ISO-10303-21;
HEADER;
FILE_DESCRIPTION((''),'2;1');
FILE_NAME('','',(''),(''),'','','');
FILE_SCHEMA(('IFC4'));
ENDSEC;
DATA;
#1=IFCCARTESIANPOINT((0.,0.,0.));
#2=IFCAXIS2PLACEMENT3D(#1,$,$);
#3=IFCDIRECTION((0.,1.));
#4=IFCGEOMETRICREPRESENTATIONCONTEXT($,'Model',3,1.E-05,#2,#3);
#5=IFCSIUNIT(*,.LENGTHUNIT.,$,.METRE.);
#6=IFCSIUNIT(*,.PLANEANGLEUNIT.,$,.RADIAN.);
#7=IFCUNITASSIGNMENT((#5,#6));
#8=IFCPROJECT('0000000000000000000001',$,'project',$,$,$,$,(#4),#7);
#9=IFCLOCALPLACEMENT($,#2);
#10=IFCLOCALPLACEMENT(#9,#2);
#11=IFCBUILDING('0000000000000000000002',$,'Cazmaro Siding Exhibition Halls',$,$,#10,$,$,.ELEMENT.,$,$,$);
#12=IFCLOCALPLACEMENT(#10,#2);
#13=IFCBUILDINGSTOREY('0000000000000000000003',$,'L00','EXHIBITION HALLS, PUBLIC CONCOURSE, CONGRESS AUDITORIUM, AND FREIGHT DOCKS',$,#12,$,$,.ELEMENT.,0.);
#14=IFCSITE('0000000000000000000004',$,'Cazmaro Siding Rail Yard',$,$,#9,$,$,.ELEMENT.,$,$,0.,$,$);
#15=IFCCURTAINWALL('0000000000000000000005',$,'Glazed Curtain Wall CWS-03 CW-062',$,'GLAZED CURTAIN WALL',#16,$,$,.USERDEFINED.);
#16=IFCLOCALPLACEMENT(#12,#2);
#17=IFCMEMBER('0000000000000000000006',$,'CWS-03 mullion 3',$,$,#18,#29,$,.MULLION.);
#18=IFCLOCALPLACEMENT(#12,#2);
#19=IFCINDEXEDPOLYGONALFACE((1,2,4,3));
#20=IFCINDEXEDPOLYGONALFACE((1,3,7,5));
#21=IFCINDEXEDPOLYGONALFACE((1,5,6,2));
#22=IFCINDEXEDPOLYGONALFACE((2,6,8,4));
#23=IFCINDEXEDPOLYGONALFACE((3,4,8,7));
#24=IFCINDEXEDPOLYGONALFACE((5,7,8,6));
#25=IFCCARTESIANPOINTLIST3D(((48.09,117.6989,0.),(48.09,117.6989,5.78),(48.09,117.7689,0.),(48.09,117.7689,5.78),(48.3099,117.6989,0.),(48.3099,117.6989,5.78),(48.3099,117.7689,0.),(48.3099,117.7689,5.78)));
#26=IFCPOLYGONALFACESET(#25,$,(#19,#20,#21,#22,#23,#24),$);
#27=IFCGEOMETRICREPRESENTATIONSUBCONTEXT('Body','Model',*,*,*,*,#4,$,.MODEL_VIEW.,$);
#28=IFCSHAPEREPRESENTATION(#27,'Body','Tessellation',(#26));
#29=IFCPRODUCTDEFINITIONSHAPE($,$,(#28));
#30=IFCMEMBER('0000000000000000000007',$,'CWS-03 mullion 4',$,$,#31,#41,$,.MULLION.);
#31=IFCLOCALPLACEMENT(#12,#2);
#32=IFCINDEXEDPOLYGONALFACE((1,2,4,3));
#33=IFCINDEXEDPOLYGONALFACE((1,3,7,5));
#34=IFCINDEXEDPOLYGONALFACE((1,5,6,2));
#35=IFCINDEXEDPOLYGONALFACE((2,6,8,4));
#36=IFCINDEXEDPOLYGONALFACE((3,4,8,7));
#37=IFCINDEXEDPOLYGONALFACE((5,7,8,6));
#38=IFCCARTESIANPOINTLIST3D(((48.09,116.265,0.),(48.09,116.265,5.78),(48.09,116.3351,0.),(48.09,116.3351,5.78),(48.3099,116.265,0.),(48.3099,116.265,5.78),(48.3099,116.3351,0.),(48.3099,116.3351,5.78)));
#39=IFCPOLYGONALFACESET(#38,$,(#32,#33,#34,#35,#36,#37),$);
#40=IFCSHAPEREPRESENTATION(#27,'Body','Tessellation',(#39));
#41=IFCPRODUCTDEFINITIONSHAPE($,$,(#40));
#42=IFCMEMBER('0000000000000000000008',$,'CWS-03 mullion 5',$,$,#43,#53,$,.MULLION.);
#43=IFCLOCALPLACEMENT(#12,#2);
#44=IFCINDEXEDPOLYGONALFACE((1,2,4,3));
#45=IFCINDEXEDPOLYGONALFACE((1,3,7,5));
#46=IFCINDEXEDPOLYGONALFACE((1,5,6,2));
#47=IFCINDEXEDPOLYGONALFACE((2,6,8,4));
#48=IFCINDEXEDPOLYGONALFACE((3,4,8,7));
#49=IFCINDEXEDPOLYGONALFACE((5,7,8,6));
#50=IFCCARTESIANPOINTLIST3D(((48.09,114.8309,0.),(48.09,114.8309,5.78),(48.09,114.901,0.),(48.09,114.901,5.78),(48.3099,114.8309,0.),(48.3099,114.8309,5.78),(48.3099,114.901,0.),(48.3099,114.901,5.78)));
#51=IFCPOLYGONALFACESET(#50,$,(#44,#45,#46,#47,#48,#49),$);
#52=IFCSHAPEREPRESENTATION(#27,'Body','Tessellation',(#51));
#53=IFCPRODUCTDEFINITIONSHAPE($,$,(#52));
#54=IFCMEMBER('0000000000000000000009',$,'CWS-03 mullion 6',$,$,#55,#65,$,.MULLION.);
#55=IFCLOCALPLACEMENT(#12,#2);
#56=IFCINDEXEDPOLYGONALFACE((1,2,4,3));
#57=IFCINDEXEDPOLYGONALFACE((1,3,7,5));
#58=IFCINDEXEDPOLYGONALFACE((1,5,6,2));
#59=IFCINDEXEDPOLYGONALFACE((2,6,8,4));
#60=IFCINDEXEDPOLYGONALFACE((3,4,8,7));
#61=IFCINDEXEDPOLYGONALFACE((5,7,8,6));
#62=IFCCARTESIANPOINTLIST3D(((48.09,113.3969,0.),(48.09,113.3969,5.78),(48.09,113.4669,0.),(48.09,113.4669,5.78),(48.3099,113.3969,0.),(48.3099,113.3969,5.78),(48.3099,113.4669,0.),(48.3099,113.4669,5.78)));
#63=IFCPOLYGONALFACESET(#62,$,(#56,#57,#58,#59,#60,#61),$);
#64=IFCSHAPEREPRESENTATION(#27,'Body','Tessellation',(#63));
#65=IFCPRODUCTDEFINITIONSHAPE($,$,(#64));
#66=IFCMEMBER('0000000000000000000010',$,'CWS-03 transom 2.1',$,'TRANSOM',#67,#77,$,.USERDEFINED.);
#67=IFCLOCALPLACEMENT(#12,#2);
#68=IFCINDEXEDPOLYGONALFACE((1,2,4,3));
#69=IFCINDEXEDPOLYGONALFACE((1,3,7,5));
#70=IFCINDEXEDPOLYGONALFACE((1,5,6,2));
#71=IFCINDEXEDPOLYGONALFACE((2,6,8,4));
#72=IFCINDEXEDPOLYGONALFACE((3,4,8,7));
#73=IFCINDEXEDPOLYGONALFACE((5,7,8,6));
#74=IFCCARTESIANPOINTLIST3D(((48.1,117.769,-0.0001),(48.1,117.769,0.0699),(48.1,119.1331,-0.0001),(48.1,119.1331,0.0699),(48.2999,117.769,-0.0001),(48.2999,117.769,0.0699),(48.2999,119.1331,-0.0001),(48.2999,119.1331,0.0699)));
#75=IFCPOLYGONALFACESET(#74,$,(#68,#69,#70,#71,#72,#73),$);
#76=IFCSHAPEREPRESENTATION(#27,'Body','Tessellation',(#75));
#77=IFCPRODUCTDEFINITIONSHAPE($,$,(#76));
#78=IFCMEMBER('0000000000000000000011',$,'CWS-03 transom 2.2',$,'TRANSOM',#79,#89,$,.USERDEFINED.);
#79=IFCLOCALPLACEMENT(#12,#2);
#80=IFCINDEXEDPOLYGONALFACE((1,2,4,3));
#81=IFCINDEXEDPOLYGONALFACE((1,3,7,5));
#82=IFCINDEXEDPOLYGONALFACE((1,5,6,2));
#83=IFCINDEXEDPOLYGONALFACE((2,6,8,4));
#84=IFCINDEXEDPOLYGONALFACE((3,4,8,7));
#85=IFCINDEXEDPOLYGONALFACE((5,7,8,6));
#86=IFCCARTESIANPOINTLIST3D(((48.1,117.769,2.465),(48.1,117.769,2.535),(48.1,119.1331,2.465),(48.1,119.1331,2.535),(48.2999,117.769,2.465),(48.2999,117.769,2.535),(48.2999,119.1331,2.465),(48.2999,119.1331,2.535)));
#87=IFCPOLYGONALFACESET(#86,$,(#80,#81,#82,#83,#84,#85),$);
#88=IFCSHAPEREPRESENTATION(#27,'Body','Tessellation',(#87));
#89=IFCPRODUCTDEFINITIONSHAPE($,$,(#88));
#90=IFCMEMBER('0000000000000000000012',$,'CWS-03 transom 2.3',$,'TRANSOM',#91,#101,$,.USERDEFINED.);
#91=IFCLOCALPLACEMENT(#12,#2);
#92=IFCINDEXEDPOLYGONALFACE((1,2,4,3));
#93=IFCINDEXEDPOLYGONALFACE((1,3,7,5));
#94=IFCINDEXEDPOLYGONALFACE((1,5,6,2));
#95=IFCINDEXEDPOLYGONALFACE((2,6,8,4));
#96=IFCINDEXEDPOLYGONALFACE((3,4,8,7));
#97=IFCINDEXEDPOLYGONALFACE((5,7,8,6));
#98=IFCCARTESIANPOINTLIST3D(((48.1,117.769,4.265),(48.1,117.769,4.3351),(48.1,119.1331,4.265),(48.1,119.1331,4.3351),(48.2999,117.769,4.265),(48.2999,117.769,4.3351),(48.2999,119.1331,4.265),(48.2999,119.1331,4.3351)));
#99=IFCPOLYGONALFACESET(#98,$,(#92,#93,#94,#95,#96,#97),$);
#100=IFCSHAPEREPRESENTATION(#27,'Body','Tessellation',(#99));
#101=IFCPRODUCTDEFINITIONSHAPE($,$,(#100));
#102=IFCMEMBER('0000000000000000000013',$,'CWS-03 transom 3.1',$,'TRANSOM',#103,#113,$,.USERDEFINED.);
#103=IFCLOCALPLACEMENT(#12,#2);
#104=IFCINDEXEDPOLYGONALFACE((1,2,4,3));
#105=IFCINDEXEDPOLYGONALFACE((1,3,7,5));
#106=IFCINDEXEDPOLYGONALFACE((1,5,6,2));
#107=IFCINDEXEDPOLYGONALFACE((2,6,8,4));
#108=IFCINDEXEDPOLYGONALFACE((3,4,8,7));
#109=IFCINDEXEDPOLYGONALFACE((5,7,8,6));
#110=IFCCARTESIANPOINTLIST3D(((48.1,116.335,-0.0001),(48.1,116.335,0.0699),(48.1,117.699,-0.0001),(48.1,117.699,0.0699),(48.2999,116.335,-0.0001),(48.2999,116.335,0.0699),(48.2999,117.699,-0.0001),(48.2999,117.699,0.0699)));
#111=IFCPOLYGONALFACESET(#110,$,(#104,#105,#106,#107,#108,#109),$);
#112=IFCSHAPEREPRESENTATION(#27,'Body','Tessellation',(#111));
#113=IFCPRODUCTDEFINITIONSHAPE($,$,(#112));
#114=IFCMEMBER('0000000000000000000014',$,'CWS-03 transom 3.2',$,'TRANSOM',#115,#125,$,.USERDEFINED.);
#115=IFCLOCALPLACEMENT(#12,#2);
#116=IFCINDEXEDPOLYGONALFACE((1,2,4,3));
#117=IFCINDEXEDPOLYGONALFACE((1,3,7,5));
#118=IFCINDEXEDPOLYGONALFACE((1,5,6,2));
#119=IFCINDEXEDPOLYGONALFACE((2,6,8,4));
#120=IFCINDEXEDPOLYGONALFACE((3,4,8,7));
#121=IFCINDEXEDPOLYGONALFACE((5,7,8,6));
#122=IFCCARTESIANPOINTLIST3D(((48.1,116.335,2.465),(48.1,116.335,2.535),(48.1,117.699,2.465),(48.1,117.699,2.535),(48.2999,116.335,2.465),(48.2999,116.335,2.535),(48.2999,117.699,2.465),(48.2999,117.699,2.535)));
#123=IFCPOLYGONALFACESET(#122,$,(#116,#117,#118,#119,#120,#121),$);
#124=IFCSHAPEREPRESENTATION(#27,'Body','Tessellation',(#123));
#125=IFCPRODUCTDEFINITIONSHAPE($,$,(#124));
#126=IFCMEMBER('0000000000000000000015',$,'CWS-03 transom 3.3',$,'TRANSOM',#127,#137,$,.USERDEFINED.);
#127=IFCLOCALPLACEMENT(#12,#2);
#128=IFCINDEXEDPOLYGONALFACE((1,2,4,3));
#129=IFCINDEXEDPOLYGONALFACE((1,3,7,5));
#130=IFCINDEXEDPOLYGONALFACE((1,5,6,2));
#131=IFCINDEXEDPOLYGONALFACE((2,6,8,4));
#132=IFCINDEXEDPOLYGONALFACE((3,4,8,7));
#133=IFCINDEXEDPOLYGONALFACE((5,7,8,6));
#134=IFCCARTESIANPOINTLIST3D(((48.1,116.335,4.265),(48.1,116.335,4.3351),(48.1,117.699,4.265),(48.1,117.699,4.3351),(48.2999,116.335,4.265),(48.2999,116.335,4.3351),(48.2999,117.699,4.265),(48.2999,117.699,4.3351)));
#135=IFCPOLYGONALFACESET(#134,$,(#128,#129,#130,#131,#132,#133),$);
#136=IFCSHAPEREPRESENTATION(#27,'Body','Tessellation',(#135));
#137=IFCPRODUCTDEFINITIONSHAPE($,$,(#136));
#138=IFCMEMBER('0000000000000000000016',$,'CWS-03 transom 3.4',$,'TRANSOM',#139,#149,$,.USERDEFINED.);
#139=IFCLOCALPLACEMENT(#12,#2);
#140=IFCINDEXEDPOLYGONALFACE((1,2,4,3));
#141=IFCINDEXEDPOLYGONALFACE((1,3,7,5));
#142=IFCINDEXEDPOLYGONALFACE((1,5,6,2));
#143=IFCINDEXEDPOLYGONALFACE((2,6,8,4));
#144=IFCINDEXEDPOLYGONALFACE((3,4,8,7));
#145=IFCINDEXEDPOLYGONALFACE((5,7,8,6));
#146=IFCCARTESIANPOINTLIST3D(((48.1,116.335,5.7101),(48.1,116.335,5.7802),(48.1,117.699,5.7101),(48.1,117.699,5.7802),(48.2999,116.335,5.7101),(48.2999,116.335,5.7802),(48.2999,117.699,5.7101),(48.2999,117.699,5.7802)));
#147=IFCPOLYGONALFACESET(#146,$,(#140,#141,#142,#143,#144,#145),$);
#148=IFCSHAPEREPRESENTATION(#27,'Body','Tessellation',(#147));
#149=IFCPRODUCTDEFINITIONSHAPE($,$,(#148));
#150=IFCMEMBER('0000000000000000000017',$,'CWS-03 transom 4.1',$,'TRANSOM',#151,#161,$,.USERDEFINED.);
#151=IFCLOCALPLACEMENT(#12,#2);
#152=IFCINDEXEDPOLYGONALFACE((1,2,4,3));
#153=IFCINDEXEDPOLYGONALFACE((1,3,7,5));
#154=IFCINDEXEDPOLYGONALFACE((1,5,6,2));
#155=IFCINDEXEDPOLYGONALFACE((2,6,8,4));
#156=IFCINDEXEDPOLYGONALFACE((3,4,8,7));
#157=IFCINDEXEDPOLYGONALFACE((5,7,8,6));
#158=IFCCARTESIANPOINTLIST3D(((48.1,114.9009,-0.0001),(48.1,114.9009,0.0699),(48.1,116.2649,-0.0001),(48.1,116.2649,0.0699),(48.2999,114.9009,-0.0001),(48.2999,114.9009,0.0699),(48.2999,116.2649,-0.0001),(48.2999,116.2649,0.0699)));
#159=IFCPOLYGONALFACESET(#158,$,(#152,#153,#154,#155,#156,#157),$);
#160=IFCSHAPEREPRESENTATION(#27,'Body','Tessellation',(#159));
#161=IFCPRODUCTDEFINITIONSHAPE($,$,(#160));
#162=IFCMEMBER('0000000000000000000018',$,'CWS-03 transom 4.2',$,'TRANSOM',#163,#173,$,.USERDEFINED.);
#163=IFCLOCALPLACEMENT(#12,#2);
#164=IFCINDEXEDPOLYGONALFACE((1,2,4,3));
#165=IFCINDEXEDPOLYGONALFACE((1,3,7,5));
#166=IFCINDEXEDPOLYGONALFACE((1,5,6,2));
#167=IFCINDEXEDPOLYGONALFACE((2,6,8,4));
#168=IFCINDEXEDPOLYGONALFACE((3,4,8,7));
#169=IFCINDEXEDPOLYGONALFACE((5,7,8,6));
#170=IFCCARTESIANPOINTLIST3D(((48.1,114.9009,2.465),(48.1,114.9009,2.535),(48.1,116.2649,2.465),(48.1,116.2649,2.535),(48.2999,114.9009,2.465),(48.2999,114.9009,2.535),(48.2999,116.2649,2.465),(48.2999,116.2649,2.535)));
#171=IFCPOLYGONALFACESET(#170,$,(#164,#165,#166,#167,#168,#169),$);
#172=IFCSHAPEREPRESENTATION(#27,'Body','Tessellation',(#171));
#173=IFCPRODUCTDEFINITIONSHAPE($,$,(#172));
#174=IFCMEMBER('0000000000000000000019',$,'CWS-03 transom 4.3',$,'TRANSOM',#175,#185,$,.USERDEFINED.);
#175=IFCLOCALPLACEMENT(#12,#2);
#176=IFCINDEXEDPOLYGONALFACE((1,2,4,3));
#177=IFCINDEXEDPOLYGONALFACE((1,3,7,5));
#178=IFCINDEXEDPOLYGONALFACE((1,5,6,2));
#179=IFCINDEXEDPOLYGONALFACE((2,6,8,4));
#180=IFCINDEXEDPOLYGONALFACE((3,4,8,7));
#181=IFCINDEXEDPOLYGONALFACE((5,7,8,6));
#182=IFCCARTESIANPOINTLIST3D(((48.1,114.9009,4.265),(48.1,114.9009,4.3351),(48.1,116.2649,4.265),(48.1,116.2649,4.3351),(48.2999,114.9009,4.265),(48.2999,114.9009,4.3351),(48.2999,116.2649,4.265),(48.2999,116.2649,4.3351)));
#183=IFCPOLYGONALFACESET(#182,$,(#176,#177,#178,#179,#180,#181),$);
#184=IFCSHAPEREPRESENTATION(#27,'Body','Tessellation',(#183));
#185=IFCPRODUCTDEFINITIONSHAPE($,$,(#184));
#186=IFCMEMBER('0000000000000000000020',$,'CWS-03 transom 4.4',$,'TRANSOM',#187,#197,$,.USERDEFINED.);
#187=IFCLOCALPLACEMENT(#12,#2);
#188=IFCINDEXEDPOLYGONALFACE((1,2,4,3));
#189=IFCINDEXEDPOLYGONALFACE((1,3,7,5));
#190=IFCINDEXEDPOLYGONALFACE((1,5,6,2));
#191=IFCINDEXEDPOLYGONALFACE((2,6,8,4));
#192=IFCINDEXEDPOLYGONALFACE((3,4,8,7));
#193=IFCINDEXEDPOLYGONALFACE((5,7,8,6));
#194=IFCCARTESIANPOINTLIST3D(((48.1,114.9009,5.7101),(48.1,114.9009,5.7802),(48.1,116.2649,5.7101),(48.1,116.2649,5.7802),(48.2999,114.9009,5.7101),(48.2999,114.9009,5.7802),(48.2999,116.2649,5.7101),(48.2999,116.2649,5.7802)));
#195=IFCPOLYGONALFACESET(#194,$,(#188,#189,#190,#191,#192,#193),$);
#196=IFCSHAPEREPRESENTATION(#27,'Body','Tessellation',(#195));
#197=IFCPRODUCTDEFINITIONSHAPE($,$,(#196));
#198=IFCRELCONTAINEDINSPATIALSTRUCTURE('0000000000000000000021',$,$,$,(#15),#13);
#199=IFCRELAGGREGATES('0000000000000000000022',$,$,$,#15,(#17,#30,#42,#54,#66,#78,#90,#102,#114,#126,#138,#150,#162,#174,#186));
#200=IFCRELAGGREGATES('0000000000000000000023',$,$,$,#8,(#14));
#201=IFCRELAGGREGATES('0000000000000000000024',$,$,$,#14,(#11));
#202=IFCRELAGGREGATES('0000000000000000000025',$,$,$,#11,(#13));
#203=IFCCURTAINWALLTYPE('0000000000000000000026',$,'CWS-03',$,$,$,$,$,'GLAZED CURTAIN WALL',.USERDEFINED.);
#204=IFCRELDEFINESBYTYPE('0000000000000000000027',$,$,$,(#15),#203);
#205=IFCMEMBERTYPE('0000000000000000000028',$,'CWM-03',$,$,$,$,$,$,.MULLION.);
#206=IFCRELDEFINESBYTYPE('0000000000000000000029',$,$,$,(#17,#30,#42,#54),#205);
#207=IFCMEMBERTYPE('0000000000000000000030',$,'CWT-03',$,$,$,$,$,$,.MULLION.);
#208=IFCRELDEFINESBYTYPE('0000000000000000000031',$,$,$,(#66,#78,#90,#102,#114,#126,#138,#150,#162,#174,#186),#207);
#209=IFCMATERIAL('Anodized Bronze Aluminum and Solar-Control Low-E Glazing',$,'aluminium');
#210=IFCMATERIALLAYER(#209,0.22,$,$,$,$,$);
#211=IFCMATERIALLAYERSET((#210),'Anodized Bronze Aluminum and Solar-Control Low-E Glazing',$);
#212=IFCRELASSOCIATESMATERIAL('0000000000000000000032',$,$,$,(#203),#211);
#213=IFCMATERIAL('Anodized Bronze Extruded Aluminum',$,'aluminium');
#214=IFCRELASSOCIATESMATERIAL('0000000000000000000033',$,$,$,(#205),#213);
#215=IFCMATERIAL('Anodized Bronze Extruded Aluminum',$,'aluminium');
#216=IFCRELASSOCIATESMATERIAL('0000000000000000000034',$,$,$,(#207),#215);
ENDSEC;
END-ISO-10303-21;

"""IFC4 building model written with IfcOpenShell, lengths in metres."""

from ifc_helpers import new_model, si_unit, direction, frame, origin, origin_2d, place, context, subcontext, project, spatial, rectangle, extrude, material, layer, layer_set, material_profile, profile_set, type_object, element, aggregate, save


model = new_model("IFC4")

# Units and contexts
model_context = context("Model", 3, precision=1e-05, world=origin(), true_north=direction((0.0, 1.0)))
body_context = subcontext(model_context, "Body", "Model", "MODEL_VIEW")
ifc_project = project(units=[si_unit("LENGTHUNIT", "METRE"), si_unit("PLANEANGLEUNIT", "RADIAN")], contexts=[model_context])

# Site, building, storey
site_placement = place(None, origin())
site = spatial("IfcSite", under=ifc_project, at=site_placement, Name="Cazmaro Siding Rail Yard", CompositionType="ELEMENT", RefElevation=0.0)
building_placement = place(site_placement, origin())
building = spatial("IfcBuilding", under=site, at=building_placement, Name="Cazmaro Siding Exhibition Halls", CompositionType="ELEMENT")
storey_placement = place(building_placement, origin())
storey = spatial("IfcBuildingStorey", under=building, at=storey_placement, Name="L00", Description="EXHIBITION HALLS, PUBLIC CONCOURSE, CONGRESS AUDITORIUM, AND FREIGHT DOCKS", CompositionType="ELEMENT", Elevation=0.0)

# Curtain wall, members
ifc_material_1 = material(Name="Anodized Bronze Aluminum and Solar-Control Low-E Glazing", Category="aluminium")
ifc_layer_1 = layer(ifc_material_1, 0.22)
ifc_layer_set_1 = layer_set([ifc_layer_1], Name="Anodized Bronze Aluminum and Solar-Control Low-E Glazing")
curtain_wall_type = type_object("IfcCurtainWallType", Name="CWS-03", ElementType="GLAZED CURTAIN WALL", PredefinedType="USERDEFINED", material=ifc_layer_set_1)
curtain_wall_placement = place(storey_placement, origin())
curtain_wall = element("IfcCurtainWall", 1, at=curtain_wall_placement, inside=storey, type_object=curtain_wall_type, Name="Glazed Curtain Wall CWS-03 CW-062", ObjectType="GLAZED CURTAIN WALL", PredefinedType="USERDEFINED")
ifc_material_2 = material(Name="Anodized Bronze Extruded Aluminum", Category="aluminium")
ifc_material_profile_1 = material_profile(ifc_material_2, rectangle(XDim=0.22, YDim=0.0701, at=origin_2d()), Name="CWM-03")
ifc_profile_set_1 = profile_set([ifc_material_profile_1], Name="Anodized Bronze Extruded Aluminum")
member_type_1 = type_object("IfcMemberType", Name="CWM-03", PredefinedType="MULLION", material=ifc_profile_set_1)
member_1_placement = place(storey_placement, frame((48.2, 117.7339, 0.0), z_axis=(0.0, 0.0, 1.0), x_axis=(1.0, 0.0, 0.0)))
member_1 = element("IfcMember", 2, at=member_1_placement, type_object=member_type_1, Name="CWS-03 mullion 3", PredefinedType="MULLION", context=body_context, shape_type="SweptSolid", body=[
    extrude(rectangle(XDim=0.22, YDim=0.0701, at=origin_2d()), origin(), (0.0, 0.0, 1.0), 5.78),
])
member_2_placement = place(storey_placement, frame((48.2, 116.3, 0.0), z_axis=(0.0, 0.0, 1.0), x_axis=(1.0, 0.0, 0.0)))
member_2 = element("IfcMember", 3, at=member_2_placement, type_object=member_type_1, Name="CWS-03 mullion 4", PredefinedType="MULLION", context=body_context, shape_type="SweptSolid", body=[
    extrude(rectangle(XDim=0.22, YDim=0.0701, at=origin_2d()), origin(), (0.0, 0.0, 1.0), 5.78),
])
member_3_placement = place(storey_placement, frame((48.2, 114.866, 0.0), z_axis=(0.0, 0.0, 1.0), x_axis=(1.0, 0.0, 0.0)))
member_3 = element("IfcMember", 4, at=member_3_placement, type_object=member_type_1, Name="CWS-03 mullion 5", PredefinedType="MULLION", context=body_context, shape_type="SweptSolid", body=[
    extrude(rectangle(XDim=0.22, YDim=0.0701, at=origin_2d()), origin(), (0.0, 0.0, 1.0), 5.78),
])
member_4_placement = place(storey_placement, frame((48.2, 113.4319, 0.0), z_axis=(0.0, 0.0, 1.0), x_axis=(1.0, 0.0, 0.0)))
member_4 = element("IfcMember", 5, at=member_4_placement, type_object=member_type_1, Name="CWS-03 mullion 6", PredefinedType="MULLION", context=body_context, shape_type="SweptSolid", body=[
    extrude(rectangle(XDim=0.22, YDim=0.0701, at=origin_2d()), origin(), (0.0, 0.0, 1.0), 5.78),
])
ifc_material_3 = material(Name="Anodized Bronze Extruded Aluminum", Category="aluminium")
ifc_material_profile_2 = material_profile(ifc_material_3, rectangle(XDim=0.2, YDim=0.0701, at=origin_2d()), Name="CWT-03")
ifc_profile_set_2 = profile_set([ifc_material_profile_2], Name="Anodized Bronze Extruded Aluminum")
member_type_2 = type_object("IfcMemberType", Name="CWT-03", PredefinedType="MULLION", material=ifc_profile_set_2)
member_5_placement = place(storey_placement, frame((48.2, 119.1331, 0.0349), z_axis=(0.0, -1.0, 0.0), x_axis=(1.0, 0.0, 0.0)))
member_5 = element("IfcMember", 6, at=member_5_placement, type_object=member_type_2, Name="CWS-03 transom 2.1", ObjectType="TRANSOM", PredefinedType="USERDEFINED", context=body_context, shape_type="SweptSolid", body=[
    extrude(rectangle(XDim=0.2, YDim=0.0701, at=origin_2d()), origin(), (0.0, 0.0, 1.0), 1.364),
])
member_6_placement = place(storey_placement, frame((48.2, 119.1331, 2.5), z_axis=(0.0, -1.0, 0.0), x_axis=(1.0, 0.0, 0.0)))
member_6 = element("IfcMember", 7, at=member_6_placement, type_object=member_type_2, Name="CWS-03 transom 2.2", ObjectType="TRANSOM", PredefinedType="USERDEFINED", context=body_context, shape_type="SweptSolid", body=[
    extrude(rectangle(XDim=0.2, YDim=0.0701, at=origin_2d()), origin(), (0.0, 0.0, 1.0), 1.364),
])
member_7_placement = place(storey_placement, frame((48.2, 119.1331, 4.3), z_axis=(0.0, -1.0, 0.0), x_axis=(1.0, 0.0, 0.0)))
member_7 = element("IfcMember", 8, at=member_7_placement, type_object=member_type_2, Name="CWS-03 transom 2.3", ObjectType="TRANSOM", PredefinedType="USERDEFINED", context=body_context, shape_type="SweptSolid", body=[
    extrude(rectangle(XDim=0.2, YDim=0.0701, at=origin_2d()), origin(), (0.0, 0.0, 1.0), 1.364),
])
member_8_placement = place(storey_placement, frame((48.2, 117.699, 0.0349), z_axis=(0.0, -1.0, 0.0), x_axis=(1.0, 0.0, 0.0)))
member_8 = element("IfcMember", 9, at=member_8_placement, type_object=member_type_2, Name="CWS-03 transom 3.1", ObjectType="TRANSOM", PredefinedType="USERDEFINED", context=body_context, shape_type="SweptSolid", body=[
    extrude(rectangle(XDim=0.2, YDim=0.0701, at=origin_2d()), origin(), (0.0, 0.0, 1.0), 1.364),
])
member_9_placement = place(storey_placement, frame((48.2, 117.699, 2.5), z_axis=(0.0, -1.0, 0.0), x_axis=(1.0, 0.0, 0.0)))
member_9 = element("IfcMember", 10, at=member_9_placement, type_object=member_type_2, Name="CWS-03 transom 3.2", ObjectType="TRANSOM", PredefinedType="USERDEFINED", context=body_context, shape_type="SweptSolid", body=[
    extrude(rectangle(XDim=0.2, YDim=0.0701, at=origin_2d()), origin(), (0.0, 0.0, 1.0), 1.364),
])
member_10_placement = place(storey_placement, frame((48.2, 117.699, 4.3), z_axis=(0.0, -1.0, 0.0), x_axis=(1.0, 0.0, 0.0)))
member_10 = element("IfcMember", 11, at=member_10_placement, type_object=member_type_2, Name="CWS-03 transom 3.3", ObjectType="TRANSOM", PredefinedType="USERDEFINED", context=body_context, shape_type="SweptSolid", body=[
    extrude(rectangle(XDim=0.2, YDim=0.0701, at=origin_2d()), origin(), (0.0, 0.0, 1.0), 1.364),
])
member_11_placement = place(storey_placement, frame((48.2, 117.699, 5.7451), z_axis=(0.0, -1.0, 0.0), x_axis=(1.0, 0.0, 0.0)))
member_11 = element("IfcMember", 12, at=member_11_placement, type_object=member_type_2, Name="CWS-03 transom 3.4", ObjectType="TRANSOM", PredefinedType="USERDEFINED", context=body_context, shape_type="SweptSolid", body=[
    extrude(rectangle(XDim=0.2, YDim=0.0701, at=origin_2d()), origin(), (0.0, 0.0, 1.0), 1.364),
])
member_12_placement = place(storey_placement, frame((48.2, 116.2649, 0.0349), z_axis=(0.0, -1.0, 0.0), x_axis=(1.0, 0.0, 0.0)))
member_12 = element("IfcMember", 13, at=member_12_placement, type_object=member_type_2, Name="CWS-03 transom 4.1", ObjectType="TRANSOM", PredefinedType="USERDEFINED", context=body_context, shape_type="SweptSolid", body=[
    extrude(rectangle(XDim=0.2, YDim=0.0701, at=origin_2d()), origin(), (0.0, 0.0, 1.0), 1.364),
])
member_13_placement = place(storey_placement, frame((48.2, 116.2649, 2.5), z_axis=(0.0, -1.0, 0.0), x_axis=(1.0, 0.0, 0.0)))
member_13 = element("IfcMember", 14, at=member_13_placement, type_object=member_type_2, Name="CWS-03 transom 4.2", ObjectType="TRANSOM", PredefinedType="USERDEFINED", context=body_context, shape_type="SweptSolid", body=[
    extrude(rectangle(XDim=0.2, YDim=0.0701, at=origin_2d()), origin(), (0.0, 0.0, 1.0), 1.364),
])
member_14_placement = place(storey_placement, frame((48.2, 116.2649, 4.3), z_axis=(0.0, -1.0, 0.0), x_axis=(1.0, 0.0, 0.0)))
member_14 = element("IfcMember", 15, at=member_14_placement, type_object=member_type_2, Name="CWS-03 transom 4.3", ObjectType="TRANSOM", PredefinedType="USERDEFINED", context=body_context, shape_type="SweptSolid", body=[
    extrude(rectangle(XDim=0.2, YDim=0.0701, at=origin_2d()), origin(), (0.0, 0.0, 1.0), 1.364),
])
member_15_placement = place(storey_placement, frame((48.2, 116.2649, 5.7451), z_axis=(0.0, -1.0, 0.0), x_axis=(1.0, 0.0, 0.0)))
member_15 = element("IfcMember", 16, at=member_15_placement, type_object=member_type_2, Name="CWS-03 transom 4.4", ObjectType="TRANSOM", PredefinedType="USERDEFINED", context=body_context, shape_type="SweptSolid", body=[
    extrude(rectangle(XDim=0.2, YDim=0.0701, at=origin_2d()), origin(), (0.0, 0.0, 1.0), 1.364),
])
aggregate(curtain_wall, [member_1, member_2, member_3, member_4, member_5, member_6, member_7, member_8, member_9, member_10, member_11, member_12, member_13, member_14, member_15])

save(model, "model.ifc")
